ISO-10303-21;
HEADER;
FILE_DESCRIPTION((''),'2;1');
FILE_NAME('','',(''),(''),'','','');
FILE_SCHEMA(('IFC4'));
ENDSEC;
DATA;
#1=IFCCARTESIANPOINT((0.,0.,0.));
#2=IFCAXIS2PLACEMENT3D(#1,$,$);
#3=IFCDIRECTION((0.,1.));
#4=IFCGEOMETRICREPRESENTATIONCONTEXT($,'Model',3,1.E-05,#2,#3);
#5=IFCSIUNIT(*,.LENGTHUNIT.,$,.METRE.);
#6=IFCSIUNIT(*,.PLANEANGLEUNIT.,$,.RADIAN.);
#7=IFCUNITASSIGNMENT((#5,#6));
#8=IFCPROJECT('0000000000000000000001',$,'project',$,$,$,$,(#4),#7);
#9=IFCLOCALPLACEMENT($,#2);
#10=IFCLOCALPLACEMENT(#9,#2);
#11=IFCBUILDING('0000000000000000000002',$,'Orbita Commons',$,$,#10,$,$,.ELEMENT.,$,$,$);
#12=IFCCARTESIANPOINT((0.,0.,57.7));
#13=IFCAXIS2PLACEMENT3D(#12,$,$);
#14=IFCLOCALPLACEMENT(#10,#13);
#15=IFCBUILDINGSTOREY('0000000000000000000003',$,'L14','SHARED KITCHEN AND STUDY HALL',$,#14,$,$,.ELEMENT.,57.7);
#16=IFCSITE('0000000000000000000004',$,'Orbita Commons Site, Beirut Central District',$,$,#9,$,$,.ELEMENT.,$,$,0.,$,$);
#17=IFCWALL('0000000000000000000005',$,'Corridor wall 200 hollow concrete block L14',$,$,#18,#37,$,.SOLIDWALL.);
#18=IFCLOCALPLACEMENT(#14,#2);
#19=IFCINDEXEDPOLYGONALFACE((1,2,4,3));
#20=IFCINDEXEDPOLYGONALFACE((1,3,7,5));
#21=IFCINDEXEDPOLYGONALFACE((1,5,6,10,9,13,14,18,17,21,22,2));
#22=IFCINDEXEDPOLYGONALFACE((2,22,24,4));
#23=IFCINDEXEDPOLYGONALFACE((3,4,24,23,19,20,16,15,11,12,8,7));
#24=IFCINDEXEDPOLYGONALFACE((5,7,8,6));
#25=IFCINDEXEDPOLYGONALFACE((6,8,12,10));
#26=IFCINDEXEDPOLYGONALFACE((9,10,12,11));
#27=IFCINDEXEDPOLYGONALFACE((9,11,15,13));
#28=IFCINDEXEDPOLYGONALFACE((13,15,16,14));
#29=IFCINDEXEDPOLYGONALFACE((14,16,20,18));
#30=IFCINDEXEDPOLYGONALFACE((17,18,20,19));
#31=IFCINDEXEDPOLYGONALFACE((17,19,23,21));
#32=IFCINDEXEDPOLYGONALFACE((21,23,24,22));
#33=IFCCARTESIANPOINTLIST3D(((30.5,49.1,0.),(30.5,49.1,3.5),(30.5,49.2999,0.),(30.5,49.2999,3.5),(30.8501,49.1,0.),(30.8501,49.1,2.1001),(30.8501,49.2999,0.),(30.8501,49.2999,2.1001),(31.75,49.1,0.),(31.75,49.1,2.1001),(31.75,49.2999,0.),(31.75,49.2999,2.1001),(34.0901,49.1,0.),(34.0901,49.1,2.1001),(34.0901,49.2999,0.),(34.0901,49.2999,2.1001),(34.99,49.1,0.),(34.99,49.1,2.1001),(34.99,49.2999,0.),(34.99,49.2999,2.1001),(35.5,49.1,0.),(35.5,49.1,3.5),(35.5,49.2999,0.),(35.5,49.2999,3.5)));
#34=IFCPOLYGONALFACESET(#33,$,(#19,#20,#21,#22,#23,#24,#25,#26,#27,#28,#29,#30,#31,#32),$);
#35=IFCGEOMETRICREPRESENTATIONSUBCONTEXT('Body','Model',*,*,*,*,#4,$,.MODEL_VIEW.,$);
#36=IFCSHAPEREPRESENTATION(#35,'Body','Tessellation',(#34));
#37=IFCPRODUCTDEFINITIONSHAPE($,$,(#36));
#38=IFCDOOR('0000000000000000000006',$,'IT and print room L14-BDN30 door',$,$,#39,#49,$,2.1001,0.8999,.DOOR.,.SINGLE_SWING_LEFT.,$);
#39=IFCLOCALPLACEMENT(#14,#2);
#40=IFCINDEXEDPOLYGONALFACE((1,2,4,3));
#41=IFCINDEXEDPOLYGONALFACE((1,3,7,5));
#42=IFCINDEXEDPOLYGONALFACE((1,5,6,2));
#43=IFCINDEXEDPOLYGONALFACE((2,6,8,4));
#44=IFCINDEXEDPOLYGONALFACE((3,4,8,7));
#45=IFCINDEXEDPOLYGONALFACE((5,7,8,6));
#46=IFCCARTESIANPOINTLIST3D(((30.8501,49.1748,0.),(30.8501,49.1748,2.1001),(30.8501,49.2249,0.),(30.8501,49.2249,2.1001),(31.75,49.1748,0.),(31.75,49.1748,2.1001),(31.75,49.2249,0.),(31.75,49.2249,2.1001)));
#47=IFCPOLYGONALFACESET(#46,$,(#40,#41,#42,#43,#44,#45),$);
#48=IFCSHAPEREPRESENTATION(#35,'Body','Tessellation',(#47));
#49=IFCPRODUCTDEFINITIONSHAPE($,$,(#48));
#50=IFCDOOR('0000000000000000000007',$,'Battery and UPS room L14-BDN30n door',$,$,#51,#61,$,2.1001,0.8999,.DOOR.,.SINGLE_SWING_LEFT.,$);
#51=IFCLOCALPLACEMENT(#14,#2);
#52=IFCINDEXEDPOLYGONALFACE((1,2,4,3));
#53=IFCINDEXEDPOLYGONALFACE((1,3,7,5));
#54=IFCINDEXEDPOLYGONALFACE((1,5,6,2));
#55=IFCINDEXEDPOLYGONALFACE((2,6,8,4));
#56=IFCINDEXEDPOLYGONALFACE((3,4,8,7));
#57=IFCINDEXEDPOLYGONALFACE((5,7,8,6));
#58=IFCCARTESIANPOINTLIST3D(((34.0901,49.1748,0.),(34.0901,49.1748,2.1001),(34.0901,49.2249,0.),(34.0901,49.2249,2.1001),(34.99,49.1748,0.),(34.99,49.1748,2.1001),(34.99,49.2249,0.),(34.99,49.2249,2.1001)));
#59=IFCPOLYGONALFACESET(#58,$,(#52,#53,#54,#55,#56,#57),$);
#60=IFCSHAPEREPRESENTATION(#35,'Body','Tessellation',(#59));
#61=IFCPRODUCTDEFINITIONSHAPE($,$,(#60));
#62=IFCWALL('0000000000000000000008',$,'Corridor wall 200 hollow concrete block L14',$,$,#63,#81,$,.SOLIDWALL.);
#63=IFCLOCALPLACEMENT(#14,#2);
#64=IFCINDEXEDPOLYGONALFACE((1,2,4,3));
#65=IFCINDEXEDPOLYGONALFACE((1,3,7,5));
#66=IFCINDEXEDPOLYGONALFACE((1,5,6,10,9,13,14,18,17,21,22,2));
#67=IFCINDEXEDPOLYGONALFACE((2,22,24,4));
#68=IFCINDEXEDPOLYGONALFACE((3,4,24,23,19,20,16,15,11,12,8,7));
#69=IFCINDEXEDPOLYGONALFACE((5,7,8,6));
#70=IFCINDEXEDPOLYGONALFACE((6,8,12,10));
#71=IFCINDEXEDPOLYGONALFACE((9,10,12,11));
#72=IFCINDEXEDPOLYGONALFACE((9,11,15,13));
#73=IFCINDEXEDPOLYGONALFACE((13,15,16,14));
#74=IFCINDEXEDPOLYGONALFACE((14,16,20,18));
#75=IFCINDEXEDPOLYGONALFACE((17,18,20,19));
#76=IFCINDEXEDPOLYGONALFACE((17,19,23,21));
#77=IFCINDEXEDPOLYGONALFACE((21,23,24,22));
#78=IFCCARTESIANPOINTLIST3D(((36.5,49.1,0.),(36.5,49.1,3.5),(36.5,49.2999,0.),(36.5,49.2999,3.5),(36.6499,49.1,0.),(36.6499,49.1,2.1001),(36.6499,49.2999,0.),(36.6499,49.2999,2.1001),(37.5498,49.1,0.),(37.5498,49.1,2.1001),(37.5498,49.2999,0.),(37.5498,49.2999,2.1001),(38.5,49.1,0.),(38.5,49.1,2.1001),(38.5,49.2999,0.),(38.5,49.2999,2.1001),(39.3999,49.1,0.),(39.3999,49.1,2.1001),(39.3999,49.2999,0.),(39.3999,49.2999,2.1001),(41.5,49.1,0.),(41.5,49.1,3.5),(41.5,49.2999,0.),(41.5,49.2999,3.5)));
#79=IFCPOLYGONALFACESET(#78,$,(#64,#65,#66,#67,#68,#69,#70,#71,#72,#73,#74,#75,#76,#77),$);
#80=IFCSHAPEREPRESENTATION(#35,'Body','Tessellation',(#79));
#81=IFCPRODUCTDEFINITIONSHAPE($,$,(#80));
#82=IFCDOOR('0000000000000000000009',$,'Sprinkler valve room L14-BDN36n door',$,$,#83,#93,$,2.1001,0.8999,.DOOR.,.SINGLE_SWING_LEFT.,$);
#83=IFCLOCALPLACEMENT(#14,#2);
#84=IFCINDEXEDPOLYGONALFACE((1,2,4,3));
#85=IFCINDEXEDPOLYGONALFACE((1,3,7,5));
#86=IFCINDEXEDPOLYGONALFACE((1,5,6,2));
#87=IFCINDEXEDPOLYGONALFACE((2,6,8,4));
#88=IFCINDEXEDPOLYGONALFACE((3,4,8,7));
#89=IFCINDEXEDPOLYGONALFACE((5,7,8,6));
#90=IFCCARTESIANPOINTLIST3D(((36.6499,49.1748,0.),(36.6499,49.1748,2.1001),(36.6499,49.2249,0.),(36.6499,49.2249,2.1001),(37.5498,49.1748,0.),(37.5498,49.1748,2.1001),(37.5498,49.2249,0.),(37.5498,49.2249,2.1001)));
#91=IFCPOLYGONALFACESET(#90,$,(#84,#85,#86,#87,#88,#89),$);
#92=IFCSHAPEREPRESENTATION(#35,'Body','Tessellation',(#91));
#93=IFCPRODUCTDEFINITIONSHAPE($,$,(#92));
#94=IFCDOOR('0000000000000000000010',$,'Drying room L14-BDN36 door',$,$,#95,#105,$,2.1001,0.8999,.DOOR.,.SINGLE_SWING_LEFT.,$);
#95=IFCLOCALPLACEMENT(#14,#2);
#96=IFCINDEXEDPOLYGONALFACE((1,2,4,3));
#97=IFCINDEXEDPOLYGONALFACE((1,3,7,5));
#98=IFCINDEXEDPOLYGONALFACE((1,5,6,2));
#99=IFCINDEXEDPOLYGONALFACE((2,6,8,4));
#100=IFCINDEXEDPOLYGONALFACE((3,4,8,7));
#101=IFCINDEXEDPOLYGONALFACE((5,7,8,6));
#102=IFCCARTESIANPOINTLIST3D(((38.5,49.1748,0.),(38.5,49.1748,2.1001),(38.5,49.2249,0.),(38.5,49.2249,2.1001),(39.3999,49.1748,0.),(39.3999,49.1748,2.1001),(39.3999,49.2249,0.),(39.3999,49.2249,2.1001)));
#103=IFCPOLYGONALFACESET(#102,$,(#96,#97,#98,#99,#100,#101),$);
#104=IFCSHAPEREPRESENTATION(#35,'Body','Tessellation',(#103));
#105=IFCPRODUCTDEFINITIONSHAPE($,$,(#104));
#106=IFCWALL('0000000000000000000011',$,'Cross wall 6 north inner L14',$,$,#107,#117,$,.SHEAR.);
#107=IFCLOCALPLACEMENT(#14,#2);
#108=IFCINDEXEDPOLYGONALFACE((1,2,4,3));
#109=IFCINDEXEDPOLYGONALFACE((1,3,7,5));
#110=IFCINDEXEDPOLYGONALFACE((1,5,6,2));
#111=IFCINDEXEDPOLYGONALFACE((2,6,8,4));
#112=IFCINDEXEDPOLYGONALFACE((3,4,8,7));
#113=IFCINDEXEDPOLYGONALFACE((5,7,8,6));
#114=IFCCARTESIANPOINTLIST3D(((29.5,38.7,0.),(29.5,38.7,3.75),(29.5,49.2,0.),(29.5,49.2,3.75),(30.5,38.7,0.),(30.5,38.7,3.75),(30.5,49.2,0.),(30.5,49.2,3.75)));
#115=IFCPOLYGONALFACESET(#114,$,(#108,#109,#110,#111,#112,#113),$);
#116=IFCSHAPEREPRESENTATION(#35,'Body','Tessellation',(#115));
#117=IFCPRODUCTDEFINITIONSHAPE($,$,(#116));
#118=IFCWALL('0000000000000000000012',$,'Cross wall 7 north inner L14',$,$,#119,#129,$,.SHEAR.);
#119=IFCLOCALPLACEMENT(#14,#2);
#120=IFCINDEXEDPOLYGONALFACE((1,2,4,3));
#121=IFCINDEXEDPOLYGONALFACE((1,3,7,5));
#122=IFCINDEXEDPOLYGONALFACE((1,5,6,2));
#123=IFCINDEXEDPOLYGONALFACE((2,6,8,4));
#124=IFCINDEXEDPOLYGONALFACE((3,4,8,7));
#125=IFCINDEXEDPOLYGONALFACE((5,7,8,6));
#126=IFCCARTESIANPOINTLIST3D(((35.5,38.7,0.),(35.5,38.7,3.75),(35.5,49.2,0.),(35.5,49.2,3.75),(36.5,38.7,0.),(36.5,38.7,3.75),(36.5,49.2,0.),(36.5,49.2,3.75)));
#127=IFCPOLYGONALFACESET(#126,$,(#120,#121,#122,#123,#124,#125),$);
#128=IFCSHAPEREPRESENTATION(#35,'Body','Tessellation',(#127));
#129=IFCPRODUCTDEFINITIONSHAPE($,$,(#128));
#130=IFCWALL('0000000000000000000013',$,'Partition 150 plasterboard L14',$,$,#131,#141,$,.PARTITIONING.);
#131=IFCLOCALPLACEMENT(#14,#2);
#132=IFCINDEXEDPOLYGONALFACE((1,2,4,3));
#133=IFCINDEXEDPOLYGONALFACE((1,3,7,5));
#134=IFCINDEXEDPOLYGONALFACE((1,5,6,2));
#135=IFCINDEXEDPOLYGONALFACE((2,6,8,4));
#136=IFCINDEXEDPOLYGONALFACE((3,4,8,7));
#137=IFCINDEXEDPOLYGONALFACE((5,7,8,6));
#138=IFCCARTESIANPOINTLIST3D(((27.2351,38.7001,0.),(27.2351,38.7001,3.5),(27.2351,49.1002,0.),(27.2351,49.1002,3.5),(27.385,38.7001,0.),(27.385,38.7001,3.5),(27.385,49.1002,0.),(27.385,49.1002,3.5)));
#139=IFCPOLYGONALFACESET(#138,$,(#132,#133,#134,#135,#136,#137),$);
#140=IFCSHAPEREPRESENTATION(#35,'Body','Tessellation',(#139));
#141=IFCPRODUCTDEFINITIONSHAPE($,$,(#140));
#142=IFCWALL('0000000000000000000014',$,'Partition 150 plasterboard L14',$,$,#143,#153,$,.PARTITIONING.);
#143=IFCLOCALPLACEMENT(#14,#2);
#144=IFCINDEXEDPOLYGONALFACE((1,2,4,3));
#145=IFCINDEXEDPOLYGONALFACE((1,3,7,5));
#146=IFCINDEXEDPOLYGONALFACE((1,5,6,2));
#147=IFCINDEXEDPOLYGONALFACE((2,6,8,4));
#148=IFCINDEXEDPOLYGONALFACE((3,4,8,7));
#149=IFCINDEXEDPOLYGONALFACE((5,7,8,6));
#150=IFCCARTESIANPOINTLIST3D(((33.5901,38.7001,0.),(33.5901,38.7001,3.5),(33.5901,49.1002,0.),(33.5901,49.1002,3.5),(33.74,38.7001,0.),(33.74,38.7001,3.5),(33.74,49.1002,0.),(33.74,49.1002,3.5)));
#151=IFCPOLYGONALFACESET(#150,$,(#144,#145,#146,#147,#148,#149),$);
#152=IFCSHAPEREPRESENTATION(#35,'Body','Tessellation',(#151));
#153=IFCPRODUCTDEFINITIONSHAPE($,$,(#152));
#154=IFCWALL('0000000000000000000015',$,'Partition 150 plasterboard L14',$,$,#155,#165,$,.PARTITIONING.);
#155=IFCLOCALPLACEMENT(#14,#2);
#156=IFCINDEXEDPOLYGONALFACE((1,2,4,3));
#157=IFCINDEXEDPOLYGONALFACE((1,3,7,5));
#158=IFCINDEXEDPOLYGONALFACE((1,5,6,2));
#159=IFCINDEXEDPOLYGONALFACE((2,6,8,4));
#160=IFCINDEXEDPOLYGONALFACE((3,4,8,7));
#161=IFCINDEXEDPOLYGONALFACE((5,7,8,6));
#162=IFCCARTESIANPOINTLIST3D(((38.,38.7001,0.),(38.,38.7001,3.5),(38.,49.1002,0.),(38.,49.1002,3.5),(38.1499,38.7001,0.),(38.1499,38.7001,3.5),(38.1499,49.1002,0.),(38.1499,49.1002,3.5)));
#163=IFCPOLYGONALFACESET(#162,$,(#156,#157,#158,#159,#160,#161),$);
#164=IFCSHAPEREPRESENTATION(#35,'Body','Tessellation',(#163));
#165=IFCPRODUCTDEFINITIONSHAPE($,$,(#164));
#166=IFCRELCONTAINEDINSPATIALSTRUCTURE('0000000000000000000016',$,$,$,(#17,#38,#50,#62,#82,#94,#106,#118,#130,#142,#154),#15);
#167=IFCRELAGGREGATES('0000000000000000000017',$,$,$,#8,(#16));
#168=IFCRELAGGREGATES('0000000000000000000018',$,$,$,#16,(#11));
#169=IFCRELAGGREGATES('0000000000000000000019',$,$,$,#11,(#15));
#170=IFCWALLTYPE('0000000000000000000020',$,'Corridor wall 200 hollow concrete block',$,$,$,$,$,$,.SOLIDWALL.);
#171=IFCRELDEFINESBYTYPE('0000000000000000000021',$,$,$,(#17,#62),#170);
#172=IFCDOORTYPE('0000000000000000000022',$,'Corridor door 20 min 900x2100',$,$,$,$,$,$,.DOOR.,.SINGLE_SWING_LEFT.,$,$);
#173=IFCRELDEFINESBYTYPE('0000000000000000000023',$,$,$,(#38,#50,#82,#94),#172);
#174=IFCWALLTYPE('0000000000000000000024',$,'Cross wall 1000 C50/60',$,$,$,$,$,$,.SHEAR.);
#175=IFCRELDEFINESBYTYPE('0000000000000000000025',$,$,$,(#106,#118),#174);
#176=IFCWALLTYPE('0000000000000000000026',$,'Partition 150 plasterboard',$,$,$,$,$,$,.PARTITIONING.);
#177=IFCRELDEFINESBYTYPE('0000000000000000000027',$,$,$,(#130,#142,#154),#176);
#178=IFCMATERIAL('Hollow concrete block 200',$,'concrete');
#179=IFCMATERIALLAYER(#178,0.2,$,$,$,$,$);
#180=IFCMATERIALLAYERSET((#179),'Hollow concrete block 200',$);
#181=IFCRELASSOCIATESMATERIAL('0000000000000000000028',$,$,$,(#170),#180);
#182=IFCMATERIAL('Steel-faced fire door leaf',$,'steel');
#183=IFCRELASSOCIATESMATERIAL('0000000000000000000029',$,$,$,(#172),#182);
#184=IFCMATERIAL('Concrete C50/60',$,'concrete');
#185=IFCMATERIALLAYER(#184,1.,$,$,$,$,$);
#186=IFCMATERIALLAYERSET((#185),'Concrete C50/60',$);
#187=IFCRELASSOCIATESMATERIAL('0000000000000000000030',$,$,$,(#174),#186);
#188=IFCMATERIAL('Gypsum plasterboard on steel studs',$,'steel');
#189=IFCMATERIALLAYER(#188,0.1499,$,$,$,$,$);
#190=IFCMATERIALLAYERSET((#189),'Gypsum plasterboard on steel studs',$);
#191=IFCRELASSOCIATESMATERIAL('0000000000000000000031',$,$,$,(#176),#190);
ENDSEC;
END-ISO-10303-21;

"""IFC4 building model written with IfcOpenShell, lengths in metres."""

from ifc_helpers import new_model, si_unit, direction, frame, frame_2d, origin, place, context, subcontext, project, spatial, rectangle, extrude, material, layer, layer_set, type_object, element, fill, save


model = new_model("IFC4")

# Units and contexts
model_context = context("Model", 3, precision=1e-05, world=origin(), true_north=direction((0.0, 1.0)))
body_context = subcontext(model_context, "Body", "Model", "MODEL_VIEW")
ifc_project = project(units=[si_unit("LENGTHUNIT", "METRE"), si_unit("PLANEANGLEUNIT", "RADIAN")], contexts=[model_context])

# Site, building, storey
site_placement = place(None, origin())
site = spatial("IfcSite", under=ifc_project, at=site_placement, Name="Orbita Commons Site, Beirut Central District", CompositionType="ELEMENT", RefElevation=0.0)
building_placement = place(site_placement, origin())
building = spatial("IfcBuilding", under=site, at=building_placement, Name="Orbita Commons", CompositionType="ELEMENT")
storey_placement = place(building_placement, frame((0.0, 0.0, 57.7)))
storey = spatial("IfcBuildingStorey", under=building, at=storey_placement, Name="L14", Description="SHARED KITCHEN AND STUDY HALL", CompositionType="ELEMENT", Elevation=57.7)

# Walls, openings, doors
ifc_material_1 = material(Name="Hollow concrete block 200", Category="concrete")
ifc_layer_1 = layer(ifc_material_1, 0.2)
ifc_layer_set_1 = layer_set([ifc_layer_1], Name="Hollow concrete block 200")
wall_type_1 = type_object("IfcWallType", Name="Corridor wall 200 hollow concrete block", PredefinedType="SOLIDWALL", material=ifc_layer_set_1)
ifc_material_2 = material(Name="Steel-faced fire door leaf", Category="steel")
door_type_1 = type_object("IfcDoorType", Name="Corridor door 20 min 900x2100", OperationType="SINGLE_SWING_LEFT", PredefinedType="DOOR", material=ifc_material_2)
wall_1_placement = place(storey_placement, frame((30.5, 49.2, 0.0), z_axis=(0.0, 0.0, 1.0), x_axis=(1.0, 0.0, 0.0)))
wall_1 = element("IfcWall", 1, at=wall_1_placement, inside=storey, type_object=wall_type_1, Name="Corridor wall 200 hollow concrete block L14", PredefinedType="SOLIDWALL", context=body_context, shape_type="SweptSolid", body=[
    extrude(rectangle(XDim=5.0, YDim=0.2, at=frame_2d((2.5, 0.0))), origin(), (0.0, 0.0, 1.0), 3.5),
])
opening_1_placement = place(wall_1_placement, frame((0.3501, 0.0, 0.0)))
opening_1 = element("IfcOpeningElement", 2, at=opening_1_placement, cuts=wall_1, PredefinedType="OPENING", context=body_context, shape_type="SweptSolid", body=[
    extrude(rectangle(XDim=0.8999, YDim=2.1001, at=frame_2d((0.45, 1.05))), frame((0.0, 0.1099, 0.0), z_axis=(0.0, -1.0, 0.0), x_axis=(1.0, 0.0, 0.0)), (0.0, 0.0, 1.0), 0.22),
])
opening_2_placement = place(wall_1_placement, frame((3.5901, 0.0, 0.0)))
opening_2 = element("IfcOpeningElement", 3, at=opening_2_placement, cuts=wall_1, PredefinedType="OPENING", context=body_context, shape_type="SweptSolid", body=[
    extrude(rectangle(XDim=0.8999, YDim=2.1001, at=frame_2d((0.45, 1.05))), frame((0.0, 0.1099, 0.0), z_axis=(0.0, -1.0, 0.0), x_axis=(1.0, 0.0, 0.0)), (0.0, 0.0, 1.0), 0.22),
])
door_1_placement = place(opening_1_placement, origin())
door_1 = element("IfcDoor", 4, at=door_1_placement, inside=storey, type_object=door_type_1, Name="IT and print room L14-BDN30 door", OperationType="SINGLE_SWING_LEFT", OverallHeight=2.1001, OverallWidth=0.8999, PredefinedType="DOOR", context=body_context, shape_type="SweptSolid", body=[
    extrude(rectangle(XDim=0.8999, YDim=2.1001, at=frame_2d((0.45, 1.05))), frame((0.0, 0.0249, 0.0), z_axis=(0.0, -1.0, 0.0), x_axis=(1.0, 0.0, 0.0)), (0.0, 0.0, 1.0), 0.05),
])
fill(opening_1, door_1)
door_2_placement = place(opening_2_placement, origin())
door_2 = element("IfcDoor", 5, at=door_2_placement, inside=storey, type_object=door_type_1, Name="Battery and UPS room L14-BDN30n door", OperationType="SINGLE_SWING_LEFT", OverallHeight=2.1001, OverallWidth=0.8999, PredefinedType="DOOR", context=body_context, shape_type="SweptSolid", body=[
    extrude(rectangle(XDim=0.8999, YDim=2.1001, at=frame_2d((0.45, 1.05))), frame((0.0, 0.0249, 0.0), z_axis=(0.0, -1.0, 0.0), x_axis=(1.0, 0.0, 0.0)), (0.0, 0.0, 1.0), 0.05),
])
fill(opening_2, door_2)
wall_2_placement = place(storey_placement, frame((36.5, 49.2, 0.0), z_axis=(0.0, 0.0, 1.0), x_axis=(1.0, 0.0, 0.0)))
wall_2 = element("IfcWall", 6, at=wall_2_placement, inside=storey, type_object=wall_type_1, Name="Corridor wall 200 hollow concrete block L14", PredefinedType="SOLIDWALL", context=body_context, shape_type="SweptSolid", body=[
    extrude(rectangle(XDim=5.0, YDim=0.2, at=frame_2d((2.5, 0.0))), origin(), (0.0, 0.0, 1.0), 3.5),
])
opening_3_placement = place(wall_2_placement, frame((0.1499, 0.0, 0.0)))
opening_3 = element("IfcOpeningElement", 7, at=opening_3_placement, cuts=wall_2, PredefinedType="OPENING", context=body_context, shape_type="SweptSolid", body=[
    extrude(rectangle(XDim=0.8999, YDim=2.1001, at=frame_2d((0.45, 1.05))), frame((0.0, 0.1099, 0.0), z_axis=(0.0, -1.0, 0.0), x_axis=(1.0, 0.0, 0.0)), (0.0, 0.0, 1.0), 0.22),
])
opening_4_placement = place(wall_2_placement, frame((2.0, 0.0, 0.0)))
opening_4 = element("IfcOpeningElement", 8, at=opening_4_placement, cuts=wall_2, PredefinedType="OPENING", context=body_context, shape_type="SweptSolid", body=[
    extrude(rectangle(XDim=0.8999, YDim=2.1001, at=frame_2d((0.45, 1.05))), frame((0.0, 0.1099, 0.0), z_axis=(0.0, -1.0, 0.0), x_axis=(1.0, 0.0, 0.0)), (0.0, 0.0, 1.0), 0.22),
])
door_3_placement = place(opening_3_placement, origin())
door_3 = element("IfcDoor", 9, at=door_3_placement, inside=storey, type_object=door_type_1, Name="Sprinkler valve room L14-BDN36n door", OperationType="SINGLE_SWING_LEFT", OverallHeight=2.1001, OverallWidth=0.8999, PredefinedType="DOOR", context=body_context, shape_type="SweptSolid", body=[
    extrude(rectangle(XDim=0.8999, YDim=2.1001, at=frame_2d((0.45, 1.05))), frame((0.0, 0.0249, 0.0), z_axis=(0.0, -1.0, 0.0), x_axis=(1.0, 0.0, 0.0)), (0.0, 0.0, 1.0), 0.05),
])
fill(opening_3, door_3)
door_4_placement = place(opening_4_placement, origin())
door_4 = element("IfcDoor", 10, at=door_4_placement, inside=storey, type_object=door_type_1, Name="Drying room L14-BDN36 door", OperationType="SINGLE_SWING_LEFT", OverallHeight=2.1001, OverallWidth=0.8999, PredefinedType="DOOR", context=body_context, shape_type="SweptSolid", body=[
    extrude(rectangle(XDim=0.8999, YDim=2.1001, at=frame_2d((0.45, 1.05))), frame((0.0, 0.0249, 0.0), z_axis=(0.0, -1.0, 0.0), x_axis=(1.0, 0.0, 0.0)), (0.0, 0.0, 1.0), 0.05),
])
fill(opening_4, door_4)

# Walls
ifc_material_3 = material(Name="Concrete C50/60", Category="concrete")
ifc_layer_2 = layer(ifc_material_3, 1.0)
ifc_layer_set_2 = layer_set([ifc_layer_2], Name="Concrete C50/60")
wall_type_2 = type_object("IfcWallType", Name="Cross wall 1000 C50/60", PredefinedType="SHEAR", material=ifc_layer_set_2)
for number, where, z_axis, x_axis, name in (
    (11, (30.0, 38.7, 0.0), (0.0, 0.0, 1.0), (0.0, 1.0, 0.0), "Cross wall 6 north inner L14"),
    (12, (36.0, 38.7, 0.0), (0.0, 0.0, 1.0), (0.0, 1.0, 0.0), "Cross wall 7 north inner L14"),
):
    element("IfcWall", number, at=place(storey_placement, frame(where, z_axis=z_axis, x_axis=x_axis)), inside=storey, type_object=wall_type_2, Name=name, PredefinedType="SHEAR", context=body_context, shape_type="SweptSolid", body=[
        extrude(rectangle(XDim=10.5, YDim=1.0, at=frame_2d((5.25, 0.0))), origin(), (0.0, 0.0, 1.0), 3.75),
    ])
ifc_material_4 = material(Name="Gypsum plasterboard on steel studs", Category="steel")
ifc_layer_3 = layer(ifc_material_4, 0.1499)
ifc_layer_set_3 = layer_set([ifc_layer_3], Name="Gypsum plasterboard on steel studs")
wall_type_3 = type_object("IfcWallType", Name="Partition 150 plasterboard", PredefinedType="PARTITIONING", material=ifc_layer_set_3)
for number, where, z_axis, x_axis, name in (
    (13, (27.3101, 38.7, 0.0), (0.0, 0.0, 1.0), (0.0, 1.0, 0.0), "Partition 150 plasterboard L14"),
    (14, (33.665, 38.7, 0.0), (0.0, 0.0, 1.0), (0.0, 1.0, 0.0), "Partition 150 plasterboard L14"),
    (15, (38.075, 38.7, 0.0), (0.0, 0.0, 1.0), (0.0, 1.0, 0.0), "Partition 150 plasterboard L14"),
):
    element("IfcWall", number, at=place(storey_placement, frame(where, z_axis=z_axis, x_axis=x_axis)), inside=storey, type_object=wall_type_3, Name=name, PredefinedType="PARTITIONING", context=body_context, shape_type="SweptSolid", body=[
        extrude(rectangle(XDim=10.4001, YDim=0.1499, at=frame_2d((5.2002, 0.0))), origin(), (0.0, 0.0, 1.0), 3.5),
    ])

save(model, "model.ifc")
